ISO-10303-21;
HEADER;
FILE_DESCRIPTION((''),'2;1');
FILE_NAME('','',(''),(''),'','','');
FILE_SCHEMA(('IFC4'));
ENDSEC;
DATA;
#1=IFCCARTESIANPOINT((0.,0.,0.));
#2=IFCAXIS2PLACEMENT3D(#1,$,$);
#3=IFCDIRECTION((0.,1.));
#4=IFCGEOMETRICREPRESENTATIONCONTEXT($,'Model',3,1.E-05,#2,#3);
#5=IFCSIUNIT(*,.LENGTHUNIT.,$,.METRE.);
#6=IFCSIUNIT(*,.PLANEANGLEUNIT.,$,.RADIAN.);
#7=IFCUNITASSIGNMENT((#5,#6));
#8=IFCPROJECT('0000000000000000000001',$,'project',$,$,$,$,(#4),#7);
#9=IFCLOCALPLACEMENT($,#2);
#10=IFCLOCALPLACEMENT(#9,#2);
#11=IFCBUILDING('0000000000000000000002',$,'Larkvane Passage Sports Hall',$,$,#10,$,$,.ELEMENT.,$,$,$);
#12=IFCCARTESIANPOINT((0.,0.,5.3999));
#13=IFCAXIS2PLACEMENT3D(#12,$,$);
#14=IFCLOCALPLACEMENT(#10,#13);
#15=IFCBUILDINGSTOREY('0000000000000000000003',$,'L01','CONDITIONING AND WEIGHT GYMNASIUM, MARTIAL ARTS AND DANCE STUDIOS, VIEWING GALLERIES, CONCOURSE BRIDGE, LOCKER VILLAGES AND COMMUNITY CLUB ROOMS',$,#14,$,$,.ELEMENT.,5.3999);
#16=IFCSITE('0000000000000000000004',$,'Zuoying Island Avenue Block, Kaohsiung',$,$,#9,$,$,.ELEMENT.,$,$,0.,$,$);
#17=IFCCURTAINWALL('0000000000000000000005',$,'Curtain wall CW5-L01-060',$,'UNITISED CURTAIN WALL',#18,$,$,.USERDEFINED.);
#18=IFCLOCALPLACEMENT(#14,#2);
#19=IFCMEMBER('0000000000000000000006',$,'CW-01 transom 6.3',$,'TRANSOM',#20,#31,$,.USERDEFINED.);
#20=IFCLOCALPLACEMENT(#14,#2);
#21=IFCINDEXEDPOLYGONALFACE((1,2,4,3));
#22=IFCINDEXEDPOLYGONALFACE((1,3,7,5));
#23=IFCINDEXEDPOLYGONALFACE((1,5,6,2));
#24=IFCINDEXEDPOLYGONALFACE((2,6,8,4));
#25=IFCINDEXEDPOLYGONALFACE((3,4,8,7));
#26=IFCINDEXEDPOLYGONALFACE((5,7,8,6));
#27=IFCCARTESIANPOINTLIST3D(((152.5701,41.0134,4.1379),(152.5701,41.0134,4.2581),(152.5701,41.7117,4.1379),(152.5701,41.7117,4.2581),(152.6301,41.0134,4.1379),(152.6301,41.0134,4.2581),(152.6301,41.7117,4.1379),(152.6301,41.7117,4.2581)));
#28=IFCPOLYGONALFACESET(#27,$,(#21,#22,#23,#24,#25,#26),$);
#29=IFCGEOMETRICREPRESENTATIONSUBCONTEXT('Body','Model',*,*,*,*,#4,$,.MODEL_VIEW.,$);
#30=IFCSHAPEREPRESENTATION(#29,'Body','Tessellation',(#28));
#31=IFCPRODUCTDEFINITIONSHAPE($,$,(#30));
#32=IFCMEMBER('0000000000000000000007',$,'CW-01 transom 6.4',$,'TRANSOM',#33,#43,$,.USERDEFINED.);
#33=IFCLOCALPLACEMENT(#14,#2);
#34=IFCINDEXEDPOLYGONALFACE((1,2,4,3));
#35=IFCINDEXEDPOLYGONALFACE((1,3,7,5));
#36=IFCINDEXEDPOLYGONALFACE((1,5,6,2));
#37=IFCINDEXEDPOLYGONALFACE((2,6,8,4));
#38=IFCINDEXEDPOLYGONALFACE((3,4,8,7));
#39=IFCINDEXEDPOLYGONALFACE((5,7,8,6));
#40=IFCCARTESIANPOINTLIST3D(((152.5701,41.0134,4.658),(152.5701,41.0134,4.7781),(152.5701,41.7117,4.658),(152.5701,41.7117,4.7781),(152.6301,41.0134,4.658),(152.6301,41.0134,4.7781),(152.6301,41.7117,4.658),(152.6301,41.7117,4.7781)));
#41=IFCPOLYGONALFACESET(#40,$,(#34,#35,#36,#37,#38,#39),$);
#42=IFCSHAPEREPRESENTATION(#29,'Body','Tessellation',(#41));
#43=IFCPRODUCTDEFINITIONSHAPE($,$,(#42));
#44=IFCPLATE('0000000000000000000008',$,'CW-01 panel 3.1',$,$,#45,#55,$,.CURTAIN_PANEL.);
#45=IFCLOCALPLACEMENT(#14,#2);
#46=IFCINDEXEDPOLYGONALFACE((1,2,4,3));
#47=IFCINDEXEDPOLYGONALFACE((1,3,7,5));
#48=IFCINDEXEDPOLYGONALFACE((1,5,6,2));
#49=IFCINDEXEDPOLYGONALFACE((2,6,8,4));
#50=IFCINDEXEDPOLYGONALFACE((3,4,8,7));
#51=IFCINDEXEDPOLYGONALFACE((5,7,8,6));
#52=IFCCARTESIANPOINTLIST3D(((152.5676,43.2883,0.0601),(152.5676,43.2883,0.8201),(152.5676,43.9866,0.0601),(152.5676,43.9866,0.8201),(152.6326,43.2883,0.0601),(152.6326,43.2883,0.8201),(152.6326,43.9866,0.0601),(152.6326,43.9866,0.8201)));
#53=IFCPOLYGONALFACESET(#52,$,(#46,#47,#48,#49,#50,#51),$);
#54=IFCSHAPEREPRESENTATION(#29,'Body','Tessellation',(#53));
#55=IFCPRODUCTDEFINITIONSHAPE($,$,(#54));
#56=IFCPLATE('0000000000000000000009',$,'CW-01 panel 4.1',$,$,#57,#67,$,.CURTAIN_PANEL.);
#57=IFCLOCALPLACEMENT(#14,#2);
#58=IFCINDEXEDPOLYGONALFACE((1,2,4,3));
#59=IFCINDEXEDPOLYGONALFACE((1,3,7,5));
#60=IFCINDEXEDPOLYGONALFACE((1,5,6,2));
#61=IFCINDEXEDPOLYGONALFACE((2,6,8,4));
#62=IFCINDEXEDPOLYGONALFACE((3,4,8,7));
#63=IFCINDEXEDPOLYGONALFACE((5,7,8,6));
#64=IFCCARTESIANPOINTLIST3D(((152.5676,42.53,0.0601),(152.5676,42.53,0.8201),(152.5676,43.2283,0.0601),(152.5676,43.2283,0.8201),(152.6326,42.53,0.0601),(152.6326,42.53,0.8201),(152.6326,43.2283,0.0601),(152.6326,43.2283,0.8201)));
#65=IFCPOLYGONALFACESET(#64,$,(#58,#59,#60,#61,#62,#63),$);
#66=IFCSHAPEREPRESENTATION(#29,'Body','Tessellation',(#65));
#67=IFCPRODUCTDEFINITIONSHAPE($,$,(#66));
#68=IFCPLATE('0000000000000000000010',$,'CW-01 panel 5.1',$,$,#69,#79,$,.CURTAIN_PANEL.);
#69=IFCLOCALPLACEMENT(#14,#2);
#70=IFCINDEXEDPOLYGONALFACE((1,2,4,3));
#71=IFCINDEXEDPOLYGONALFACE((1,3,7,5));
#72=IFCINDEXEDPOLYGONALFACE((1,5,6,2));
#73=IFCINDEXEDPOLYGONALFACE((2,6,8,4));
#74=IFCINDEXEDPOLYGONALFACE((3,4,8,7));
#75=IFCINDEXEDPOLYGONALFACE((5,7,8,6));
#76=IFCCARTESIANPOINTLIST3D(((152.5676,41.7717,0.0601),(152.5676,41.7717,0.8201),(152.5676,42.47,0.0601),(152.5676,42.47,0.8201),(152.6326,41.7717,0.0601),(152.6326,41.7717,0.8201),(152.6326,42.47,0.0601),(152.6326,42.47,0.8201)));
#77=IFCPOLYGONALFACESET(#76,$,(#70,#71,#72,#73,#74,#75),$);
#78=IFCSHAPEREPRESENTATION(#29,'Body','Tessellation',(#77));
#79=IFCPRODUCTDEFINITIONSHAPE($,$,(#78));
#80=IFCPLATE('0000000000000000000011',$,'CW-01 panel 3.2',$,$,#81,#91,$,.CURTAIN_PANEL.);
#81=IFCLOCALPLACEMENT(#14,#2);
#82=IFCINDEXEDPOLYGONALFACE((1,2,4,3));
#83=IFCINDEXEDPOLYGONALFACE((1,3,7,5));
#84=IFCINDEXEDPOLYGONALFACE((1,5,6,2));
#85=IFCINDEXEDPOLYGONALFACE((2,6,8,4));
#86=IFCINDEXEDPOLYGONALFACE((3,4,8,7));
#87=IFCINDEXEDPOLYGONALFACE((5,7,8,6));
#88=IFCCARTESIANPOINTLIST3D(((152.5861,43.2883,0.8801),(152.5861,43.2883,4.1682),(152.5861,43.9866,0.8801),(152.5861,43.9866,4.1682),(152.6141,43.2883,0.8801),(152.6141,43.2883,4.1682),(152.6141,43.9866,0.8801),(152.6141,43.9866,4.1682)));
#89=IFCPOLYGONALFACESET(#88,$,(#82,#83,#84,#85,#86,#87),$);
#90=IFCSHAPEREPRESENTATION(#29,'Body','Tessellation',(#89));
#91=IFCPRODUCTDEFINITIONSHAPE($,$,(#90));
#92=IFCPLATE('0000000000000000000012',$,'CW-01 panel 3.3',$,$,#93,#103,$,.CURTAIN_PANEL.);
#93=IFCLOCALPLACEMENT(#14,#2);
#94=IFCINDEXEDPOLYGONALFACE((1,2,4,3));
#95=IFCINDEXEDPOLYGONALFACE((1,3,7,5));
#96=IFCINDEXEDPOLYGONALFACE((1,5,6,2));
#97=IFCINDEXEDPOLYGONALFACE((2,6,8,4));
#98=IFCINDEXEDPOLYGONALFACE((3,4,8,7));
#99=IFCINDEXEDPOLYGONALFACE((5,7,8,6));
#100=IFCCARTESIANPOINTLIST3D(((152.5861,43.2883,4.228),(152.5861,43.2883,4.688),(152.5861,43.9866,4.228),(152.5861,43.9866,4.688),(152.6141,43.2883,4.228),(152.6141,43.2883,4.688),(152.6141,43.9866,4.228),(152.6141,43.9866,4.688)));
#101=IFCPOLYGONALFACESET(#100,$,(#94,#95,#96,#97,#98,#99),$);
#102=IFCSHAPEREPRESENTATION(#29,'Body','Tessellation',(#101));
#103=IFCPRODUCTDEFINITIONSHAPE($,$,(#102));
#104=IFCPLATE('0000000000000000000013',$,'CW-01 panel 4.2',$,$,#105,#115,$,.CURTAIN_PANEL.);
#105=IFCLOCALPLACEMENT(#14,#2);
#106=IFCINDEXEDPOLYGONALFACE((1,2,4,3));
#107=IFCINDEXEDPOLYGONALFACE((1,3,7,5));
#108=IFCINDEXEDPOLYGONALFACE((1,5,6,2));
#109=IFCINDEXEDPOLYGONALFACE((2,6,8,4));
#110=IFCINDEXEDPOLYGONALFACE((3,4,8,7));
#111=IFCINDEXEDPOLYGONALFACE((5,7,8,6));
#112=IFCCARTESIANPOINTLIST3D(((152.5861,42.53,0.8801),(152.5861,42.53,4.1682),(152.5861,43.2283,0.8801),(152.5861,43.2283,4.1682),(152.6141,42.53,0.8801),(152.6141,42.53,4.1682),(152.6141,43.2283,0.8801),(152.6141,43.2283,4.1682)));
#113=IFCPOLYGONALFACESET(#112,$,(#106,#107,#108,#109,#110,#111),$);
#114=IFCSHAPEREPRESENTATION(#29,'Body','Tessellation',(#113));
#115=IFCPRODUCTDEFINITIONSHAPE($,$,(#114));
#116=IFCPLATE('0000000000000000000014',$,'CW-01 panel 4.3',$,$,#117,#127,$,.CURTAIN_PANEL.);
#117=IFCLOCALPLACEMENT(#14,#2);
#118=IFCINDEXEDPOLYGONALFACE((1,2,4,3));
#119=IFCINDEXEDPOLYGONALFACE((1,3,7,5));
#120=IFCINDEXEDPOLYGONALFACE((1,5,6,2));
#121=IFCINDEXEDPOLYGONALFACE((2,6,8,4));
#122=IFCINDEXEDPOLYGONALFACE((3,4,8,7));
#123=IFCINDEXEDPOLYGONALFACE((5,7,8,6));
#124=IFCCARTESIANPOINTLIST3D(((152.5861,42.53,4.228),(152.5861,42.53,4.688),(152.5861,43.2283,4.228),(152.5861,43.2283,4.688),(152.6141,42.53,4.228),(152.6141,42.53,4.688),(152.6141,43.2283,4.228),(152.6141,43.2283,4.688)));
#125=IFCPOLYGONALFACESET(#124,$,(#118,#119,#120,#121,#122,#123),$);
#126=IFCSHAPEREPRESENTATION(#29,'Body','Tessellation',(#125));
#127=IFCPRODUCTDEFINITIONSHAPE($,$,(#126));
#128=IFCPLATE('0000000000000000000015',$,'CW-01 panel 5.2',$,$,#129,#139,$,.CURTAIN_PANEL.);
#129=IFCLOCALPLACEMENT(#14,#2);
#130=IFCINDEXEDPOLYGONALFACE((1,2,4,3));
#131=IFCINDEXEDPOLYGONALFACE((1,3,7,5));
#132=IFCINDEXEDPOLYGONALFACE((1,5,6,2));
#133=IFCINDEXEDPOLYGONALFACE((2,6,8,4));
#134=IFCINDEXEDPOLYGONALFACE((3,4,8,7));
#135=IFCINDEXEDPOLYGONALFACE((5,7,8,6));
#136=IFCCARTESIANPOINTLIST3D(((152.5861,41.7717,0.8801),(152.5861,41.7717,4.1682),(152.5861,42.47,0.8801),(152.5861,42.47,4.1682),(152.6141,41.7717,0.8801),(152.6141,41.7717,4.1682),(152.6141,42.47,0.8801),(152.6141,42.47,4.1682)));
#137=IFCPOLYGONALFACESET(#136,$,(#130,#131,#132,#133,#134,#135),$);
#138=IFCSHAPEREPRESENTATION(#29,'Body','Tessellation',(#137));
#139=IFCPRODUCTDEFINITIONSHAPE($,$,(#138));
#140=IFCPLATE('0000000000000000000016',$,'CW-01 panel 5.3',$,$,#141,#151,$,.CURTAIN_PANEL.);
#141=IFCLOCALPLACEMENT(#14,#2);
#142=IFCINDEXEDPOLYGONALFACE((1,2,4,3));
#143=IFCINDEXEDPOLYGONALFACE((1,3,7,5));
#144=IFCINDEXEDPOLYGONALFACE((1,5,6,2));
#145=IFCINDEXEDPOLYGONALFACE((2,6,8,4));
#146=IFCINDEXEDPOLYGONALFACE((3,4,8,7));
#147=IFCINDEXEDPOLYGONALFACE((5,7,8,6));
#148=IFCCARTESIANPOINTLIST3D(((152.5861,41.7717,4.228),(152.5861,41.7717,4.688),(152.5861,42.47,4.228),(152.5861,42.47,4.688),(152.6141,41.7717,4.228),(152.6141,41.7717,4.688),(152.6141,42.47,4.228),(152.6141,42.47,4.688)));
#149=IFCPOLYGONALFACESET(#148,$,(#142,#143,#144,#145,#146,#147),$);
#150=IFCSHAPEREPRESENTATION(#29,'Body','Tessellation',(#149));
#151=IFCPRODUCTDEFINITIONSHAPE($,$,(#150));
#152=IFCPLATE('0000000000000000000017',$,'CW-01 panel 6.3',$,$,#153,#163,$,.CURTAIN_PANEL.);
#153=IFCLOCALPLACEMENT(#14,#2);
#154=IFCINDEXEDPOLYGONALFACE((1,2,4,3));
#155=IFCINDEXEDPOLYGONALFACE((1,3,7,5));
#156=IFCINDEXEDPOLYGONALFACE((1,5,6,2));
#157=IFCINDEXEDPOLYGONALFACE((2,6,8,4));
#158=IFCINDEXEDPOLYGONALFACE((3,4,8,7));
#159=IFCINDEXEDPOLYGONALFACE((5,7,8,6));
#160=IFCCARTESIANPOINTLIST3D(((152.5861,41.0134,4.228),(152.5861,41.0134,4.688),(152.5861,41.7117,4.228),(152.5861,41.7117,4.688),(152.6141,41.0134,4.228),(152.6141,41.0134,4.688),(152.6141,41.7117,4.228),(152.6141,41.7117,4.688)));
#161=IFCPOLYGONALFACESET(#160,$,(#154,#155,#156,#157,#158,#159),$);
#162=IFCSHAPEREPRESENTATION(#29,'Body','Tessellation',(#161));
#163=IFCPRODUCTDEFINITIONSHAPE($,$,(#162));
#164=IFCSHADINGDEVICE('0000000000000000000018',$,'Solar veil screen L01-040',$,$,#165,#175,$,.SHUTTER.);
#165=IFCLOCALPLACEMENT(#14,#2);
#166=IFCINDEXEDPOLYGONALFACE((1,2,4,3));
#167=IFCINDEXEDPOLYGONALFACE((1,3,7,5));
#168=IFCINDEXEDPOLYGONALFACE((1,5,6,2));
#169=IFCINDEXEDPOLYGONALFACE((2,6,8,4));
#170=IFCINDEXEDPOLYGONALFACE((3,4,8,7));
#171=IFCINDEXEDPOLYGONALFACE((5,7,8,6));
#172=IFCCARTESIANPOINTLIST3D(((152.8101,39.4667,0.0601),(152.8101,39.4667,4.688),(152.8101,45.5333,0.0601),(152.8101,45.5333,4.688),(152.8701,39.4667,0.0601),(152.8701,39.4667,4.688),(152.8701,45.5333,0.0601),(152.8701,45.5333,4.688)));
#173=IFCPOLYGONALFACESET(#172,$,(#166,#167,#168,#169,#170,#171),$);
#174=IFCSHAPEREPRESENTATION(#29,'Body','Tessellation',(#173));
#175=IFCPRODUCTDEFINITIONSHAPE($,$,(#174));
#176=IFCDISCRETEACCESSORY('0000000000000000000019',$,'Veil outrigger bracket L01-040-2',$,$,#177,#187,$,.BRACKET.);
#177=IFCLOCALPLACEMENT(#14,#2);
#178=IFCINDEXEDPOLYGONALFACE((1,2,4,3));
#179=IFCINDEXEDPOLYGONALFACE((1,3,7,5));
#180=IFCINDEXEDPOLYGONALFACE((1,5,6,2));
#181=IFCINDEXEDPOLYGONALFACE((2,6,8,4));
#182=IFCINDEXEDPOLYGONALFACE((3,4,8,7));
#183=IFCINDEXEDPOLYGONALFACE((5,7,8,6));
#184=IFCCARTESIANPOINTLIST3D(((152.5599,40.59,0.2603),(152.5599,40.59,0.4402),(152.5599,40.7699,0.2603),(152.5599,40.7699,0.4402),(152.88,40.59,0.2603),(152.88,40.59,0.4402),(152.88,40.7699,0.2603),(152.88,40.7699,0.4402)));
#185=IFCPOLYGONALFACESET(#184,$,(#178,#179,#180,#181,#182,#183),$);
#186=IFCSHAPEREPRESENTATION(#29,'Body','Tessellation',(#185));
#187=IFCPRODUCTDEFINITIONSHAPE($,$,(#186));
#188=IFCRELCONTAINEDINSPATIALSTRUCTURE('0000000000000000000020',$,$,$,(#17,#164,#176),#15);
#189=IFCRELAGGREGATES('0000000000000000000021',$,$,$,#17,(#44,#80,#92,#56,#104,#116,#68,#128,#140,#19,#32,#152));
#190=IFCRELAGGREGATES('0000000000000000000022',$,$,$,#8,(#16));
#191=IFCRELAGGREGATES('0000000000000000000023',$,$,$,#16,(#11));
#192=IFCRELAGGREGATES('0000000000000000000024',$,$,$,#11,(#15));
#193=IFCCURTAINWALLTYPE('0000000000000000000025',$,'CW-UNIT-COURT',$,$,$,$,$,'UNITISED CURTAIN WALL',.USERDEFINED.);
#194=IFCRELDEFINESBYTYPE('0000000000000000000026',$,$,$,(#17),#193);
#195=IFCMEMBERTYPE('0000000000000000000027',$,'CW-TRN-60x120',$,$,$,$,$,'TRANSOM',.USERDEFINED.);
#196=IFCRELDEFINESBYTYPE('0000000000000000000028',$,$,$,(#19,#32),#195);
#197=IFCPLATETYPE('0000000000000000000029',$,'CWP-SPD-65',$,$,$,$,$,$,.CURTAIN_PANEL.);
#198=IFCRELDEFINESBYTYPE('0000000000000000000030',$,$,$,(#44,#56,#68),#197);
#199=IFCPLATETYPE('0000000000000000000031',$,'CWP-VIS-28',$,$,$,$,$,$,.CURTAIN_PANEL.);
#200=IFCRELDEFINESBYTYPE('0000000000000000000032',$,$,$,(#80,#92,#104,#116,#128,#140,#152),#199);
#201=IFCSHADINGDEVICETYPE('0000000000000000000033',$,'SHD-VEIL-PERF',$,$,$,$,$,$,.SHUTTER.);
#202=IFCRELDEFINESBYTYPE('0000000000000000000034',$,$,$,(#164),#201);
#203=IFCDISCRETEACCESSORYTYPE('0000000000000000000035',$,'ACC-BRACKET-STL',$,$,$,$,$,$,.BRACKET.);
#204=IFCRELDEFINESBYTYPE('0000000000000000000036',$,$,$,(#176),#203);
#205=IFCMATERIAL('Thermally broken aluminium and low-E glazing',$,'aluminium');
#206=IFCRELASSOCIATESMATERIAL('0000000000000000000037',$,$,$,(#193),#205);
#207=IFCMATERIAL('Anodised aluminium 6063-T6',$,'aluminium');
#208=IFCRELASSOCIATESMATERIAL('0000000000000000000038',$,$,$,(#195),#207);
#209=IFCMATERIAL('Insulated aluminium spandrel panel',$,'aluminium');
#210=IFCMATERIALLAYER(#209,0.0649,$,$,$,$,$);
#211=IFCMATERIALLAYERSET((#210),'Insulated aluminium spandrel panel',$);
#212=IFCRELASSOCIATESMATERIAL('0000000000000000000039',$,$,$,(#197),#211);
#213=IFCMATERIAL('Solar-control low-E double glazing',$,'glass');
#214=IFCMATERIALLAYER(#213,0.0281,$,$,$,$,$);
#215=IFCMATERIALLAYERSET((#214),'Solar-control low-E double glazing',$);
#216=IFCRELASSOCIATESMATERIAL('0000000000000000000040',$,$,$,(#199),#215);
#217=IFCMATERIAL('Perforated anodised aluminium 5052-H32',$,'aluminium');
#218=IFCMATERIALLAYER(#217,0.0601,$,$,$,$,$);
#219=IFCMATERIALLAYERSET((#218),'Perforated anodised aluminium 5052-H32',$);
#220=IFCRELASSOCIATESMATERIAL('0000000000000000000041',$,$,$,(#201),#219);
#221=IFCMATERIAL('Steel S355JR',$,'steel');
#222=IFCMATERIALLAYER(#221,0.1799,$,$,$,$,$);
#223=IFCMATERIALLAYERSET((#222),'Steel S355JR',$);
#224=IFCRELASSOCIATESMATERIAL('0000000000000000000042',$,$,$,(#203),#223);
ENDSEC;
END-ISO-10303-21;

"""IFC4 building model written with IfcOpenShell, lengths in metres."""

from ifc_helpers import new_model, si_unit, direction, frame, origin, origin_2d, place, context, subcontext, project, spatial, rectangle, extrude, material, layer, layer_set, material_profile, profile_set, type_object, element, aggregate, save


model = new_model("IFC4")

# Units and contexts
model_context = context("Model", 3, precision=1e-05, world=origin(), true_north=direction((0.0, 1.0)))
body_context = subcontext(model_context, "Body", "Model", "MODEL_VIEW")
ifc_project = project(units=[si_unit("LENGTHUNIT", "METRE"), si_unit("PLANEANGLEUNIT", "RADIAN")], contexts=[model_context])

# Site, building, storey
site_placement = place(None, origin())
site = spatial("IfcSite", under=ifc_project, at=site_placement, Name="Zuoying Island Avenue Block, Kaohsiung", CompositionType="ELEMENT", RefElevation=0.0)
building_placement = place(site_placement, origin())
building = spatial("IfcBuilding", under=site, at=building_placement, Name="Larkvane Passage Sports Hall", CompositionType="ELEMENT")
storey_placement = place(building_placement, frame((0.0, 0.0, 5.3999)))
storey = spatial("IfcBuildingStorey", under=building, at=storey_placement, Name="L01", Description="CONDITIONING AND WEIGHT GYMNASIUM, MARTIAL ARTS AND DANCE STUDIOS, VIEWING GALLERIES, CONCOURSE BRIDGE, LOCKER VILLAGES AND COMMUNITY CLUB ROOMS", CompositionType="ELEMENT", Elevation=5.3999)

# Curtain wall, members, plates
ifc_material_1 = material(Name="Thermally broken aluminium and low-E glazing", Category="aluminium")
curtain_wall_type = type_object("IfcCurtainWallType", Name="CW-UNIT-COURT", ElementType="UNITISED CURTAIN WALL", PredefinedType="USERDEFINED", material=ifc_material_1)
curtain_wall_placement = place(storey_placement, origin())
curtain_wall = element("IfcCurtainWall", 1, at=curtain_wall_placement, inside=storey, type_object=curtain_wall_type, Name="Curtain wall CW5-L01-060", ObjectType="UNITISED CURTAIN WALL", PredefinedType="USERDEFINED")
ifc_material_2 = material(Name="Anodised aluminium 6063-T6", Category="aluminium")
ifc_material_profile_1 = material_profile(ifc_material_2, rectangle(XDim=0.0601, YDim=0.1201, at=origin_2d()), Name="ALU-TRN-60x120")
ifc_profile_set_1 = profile_set([ifc_material_profile_1], Name="Anodised aluminium 6063-T6")
member_type_1 = type_object("IfcMemberType", Name="CW-TRN-60x120", ElementType="TRANSOM", PredefinedType="USERDEFINED", material=ifc_profile_set_1)
member_1_placement = place(storey_placement, frame((152.6001, 41.7117, 4.198), z_axis=(0.0, -1.0, 0.0), x_axis=(1.0, 0.0, 0.0)))
member_1 = element("IfcMember", 2, at=member_1_placement, type_object=member_type_1, Name="CW-01 transom 6.3", ObjectType="TRANSOM", PredefinedType="USERDEFINED", context=body_context, shape_type="SweptSolid", body=[
    extrude(rectangle(XDim=0.0601, YDim=0.1201, at=origin_2d()), origin(), (0.0, 0.0, 1.0), 0.6982),
])
member_2_placement = place(storey_placement, frame((152.6001, 41.7117, 4.718), z_axis=(0.0, -1.0, 0.0), x_axis=(1.0, 0.0, 0.0)))
member_2 = element("IfcMember", 3, at=member_2_placement, type_object=member_type_1, Name="CW-01 transom 6.4", ObjectType="TRANSOM", PredefinedType="USERDEFINED", context=body_context, shape_type="SweptSolid", body=[
    extrude(rectangle(XDim=0.0601, YDim=0.1201, at=origin_2d()), origin(), (0.0, 0.0, 1.0), 0.6982),
])
ifc_material_3 = material(Name="Insulated aluminium spandrel panel", Category="aluminium")
ifc_layer_1 = layer(ifc_material_3, 0.0649)
ifc_layer_set_1 = layer_set([ifc_layer_1], Name="Insulated aluminium spandrel panel")
plate_type_1 = type_object("IfcPlateType", Name="CWP-SPD-65", PredefinedType="CURTAIN_PANEL", material=ifc_layer_set_1)
plate_1_placement = place(storey_placement, frame((152.6001, 43.6375, 0.0601), z_axis=(0.0, 0.0, 1.0), x_axis=(0.0, -1.0, 0.0)))
plate_1 = element("IfcPlate", 4, at=plate_1_placement, type_object=plate_type_1, Name="CW-01 panel 3.1", PredefinedType="CURTAIN_PANEL", context=body_context, shape_type="SweptSolid", body=[
    extrude(rectangle(XDim=0.6982, YDim=0.0649, at=origin_2d()), origin(), (0.0, 0.0, 1.0), 0.76),
])
plate_2_placement = place(storey_placement, frame((152.6001, 42.8792, 0.0601), z_axis=(0.0, 0.0, 1.0), x_axis=(0.0, -1.0, 0.0)))
plate_2 = element("IfcPlate", 5, at=plate_2_placement, type_object=plate_type_1, Name="CW-01 panel 4.1", PredefinedType="CURTAIN_PANEL", context=body_context, shape_type="SweptSolid", body=[
    extrude(rectangle(XDim=0.6982, YDim=0.0649, at=origin_2d()), origin(), (0.0, 0.0, 1.0), 0.76),
])
plate_3_placement = place(storey_placement, frame((152.6001, 42.1208, 0.0601), z_axis=(0.0, 0.0, 1.0), x_axis=(0.0, -1.0, 0.0)))
plate_3 = element("IfcPlate", 6, at=plate_3_placement, type_object=plate_type_1, Name="CW-01 panel 5.1", PredefinedType="CURTAIN_PANEL", context=body_context, shape_type="SweptSolid", body=[
    extrude(rectangle(XDim=0.6982, YDim=0.0649, at=origin_2d()), origin(), (0.0, 0.0, 1.0), 0.76),
])
ifc_material_4 = material(Name="Solar-control low-E double glazing", Category="glass")
ifc_layer_2 = layer(ifc_material_4, 0.0281)
ifc_layer_set_2 = layer_set([ifc_layer_2], Name="Solar-control low-E double glazing")
plate_type_2 = type_object("IfcPlateType", Name="CWP-VIS-28", PredefinedType="CURTAIN_PANEL", material=ifc_layer_set_2)
plate_4_placement = place(storey_placement, frame((152.6001, 43.6375, 0.8801), z_axis=(0.0, 0.0, 1.0), x_axis=(0.0, -1.0, 0.0)))
plate_4 = element("IfcPlate", 7, at=plate_4_placement, type_object=plate_type_2, Name="CW-01 panel 3.2", PredefinedType="CURTAIN_PANEL", context=body_context, shape_type="SweptSolid", body=[
    extrude(rectangle(XDim=0.6982, YDim=0.0281, at=origin_2d()), origin(), (0.0, 0.0, 1.0), 3.2881),
])
plate_5_placement = place(storey_placement, frame((152.6001, 43.6375, 4.228), z_axis=(0.0, 0.0, 1.0), x_axis=(0.0, -1.0, 0.0)))
plate_5 = element("IfcPlate", 8, at=plate_5_placement, type_object=plate_type_2, Name="CW-01 panel 3.3", PredefinedType="CURTAIN_PANEL", context=body_context, shape_type="SweptSolid", body=[
    extrude(rectangle(XDim=0.6982, YDim=0.0281, at=origin_2d()), origin(), (0.0, 0.0, 1.0), 0.46),
])
plate_6_placement = place(storey_placement, frame((152.6001, 42.8792, 0.8801), z_axis=(0.0, 0.0, 1.0), x_axis=(0.0, -1.0, 0.0)))
plate_6 = element("IfcPlate", 9, at=plate_6_placement, type_object=plate_type_2, Name="CW-01 panel 4.2", PredefinedType="CURTAIN_PANEL", context=body_context, shape_type="SweptSolid", body=[
    extrude(rectangle(XDim=0.6982, YDim=0.0281, at=origin_2d()), origin(), (0.0, 0.0, 1.0), 3.2881),
])
plate_7_placement = place(storey_placement, frame((152.6001, 42.8792, 4.228), z_axis=(0.0, 0.0, 1.0), x_axis=(0.0, -1.0, 0.0)))
plate_7 = element("IfcPlate", 10, at=plate_7_placement, type_object=plate_type_2, Name="CW-01 panel 4.3", PredefinedType="CURTAIN_PANEL", context=body_context, shape_type="SweptSolid", body=[
    extrude(rectangle(XDim=0.6982, YDim=0.0281, at=origin_2d()), origin(), (0.0, 0.0, 1.0), 0.46),
])
plate_8_placement = place(storey_placement, frame((152.6001, 42.1208, 0.8801), z_axis=(0.0, 0.0, 1.0), x_axis=(0.0, -1.0, 0.0)))
plate_8 = element("IfcPlate", 11, at=plate_8_placement, type_object=plate_type_2, Name="CW-01 panel 5.2", PredefinedType="CURTAIN_PANEL", context=body_context, shape_type="SweptSolid", body=[
    extrude(rectangle(XDim=0.6982, YDim=0.0281, at=origin_2d()), origin(), (0.0, 0.0, 1.0), 3.2881),
])
plate_9_placement = place(storey_placement, frame((152.6001, 42.1208, 4.228), z_axis=(0.0, 0.0, 1.0), x_axis=(0.0, -1.0, 0.0)))
plate_9 = element("IfcPlate", 12, at=plate_9_placement, type_object=plate_type_2, Name="CW-01 panel 5.3", PredefinedType="CURTAIN_PANEL", context=body_context, shape_type="SweptSolid", body=[
    extrude(rectangle(XDim=0.6982, YDim=0.0281, at=origin_2d()), origin(), (0.0, 0.0, 1.0), 0.46),
])
plate_10_placement = place(storey_placement, frame((152.6001, 41.3625, 4.228), z_axis=(0.0, 0.0, 1.0), x_axis=(0.0, -1.0, 0.0)))
plate_10 = element("IfcPlate", 13, at=plate_10_placement, type_object=plate_type_2, Name="CW-01 panel 6.3", PredefinedType="CURTAIN_PANEL", context=body_context, shape_type="SweptSolid", body=[
    extrude(rectangle(XDim=0.6982, YDim=0.0281, at=origin_2d()), origin(), (0.0, 0.0, 1.0), 0.46),
])
aggregate(curtain_wall, [plate_1, plate_4, plate_5, plate_2, plate_6, plate_7, plate_3, plate_8, plate_9, member_1, member_2, plate_10])

# Shading device
ifc_material_5 = material(Name="Perforated anodised aluminium 5052-H32", Category="aluminium")
ifc_layer_3 = layer(ifc_material_5, 0.0601)
ifc_layer_set_3 = layer_set([ifc_layer_3], Name="Perforated anodised aluminium 5052-H32")
shading_device_type = type_object("IfcShadingDeviceType", Name="SHD-VEIL-PERF", PredefinedType="SHUTTER", material=ifc_layer_set_3)
shading_device_placement = place(storey_placement, frame((152.8401, 42.5, 0.0601), z_axis=(0.0, 0.0, 1.0), x_axis=(0.0, -1.0, 0.0)))
element("IfcShadingDevice", 14, at=shading_device_placement, inside=storey, type_object=shading_device_type, Name="Solar veil screen L01-040", PredefinedType="SHUTTER", context=body_context, shape_type="SweptSolid", body=[
    extrude(rectangle(XDim=6.0667, YDim=0.0601, at=origin_2d()), origin(), (0.0, 0.0, 1.0), 4.6279),
])

# Discrete accessory
ifc_material_6 = material(Name="Steel S355JR", Category="steel")
ifc_layer_4 = layer(ifc_material_6, 0.1799)
ifc_layer_set_4 = layer_set([ifc_layer_4], Name="Steel S355JR")
discrete_accessory_type = type_object("IfcDiscreteAccessoryType", Name="ACC-BRACKET-STL", PredefinedType="BRACKET", material=ifc_layer_set_4)
discrete_accessory_placement = place(storey_placement, frame((152.72, 40.6799, 0.2603), z_axis=(0.0, 0.0, 1.0), x_axis=(0.0, -1.0, 0.0)))
element("IfcDiscreteAccessory", 15, at=discrete_accessory_placement, inside=storey, type_object=discrete_accessory_type, Name="Veil outrigger bracket L01-040-2", PredefinedType="BRACKET", context=body_context, shape_type="SweptSolid", body=[
    extrude(rectangle(XDim=0.1799, YDim=0.3201, at=origin_2d()), origin(), (0.0, 0.0, 1.0), 0.1799),
])

save(model, "model.ifc")
